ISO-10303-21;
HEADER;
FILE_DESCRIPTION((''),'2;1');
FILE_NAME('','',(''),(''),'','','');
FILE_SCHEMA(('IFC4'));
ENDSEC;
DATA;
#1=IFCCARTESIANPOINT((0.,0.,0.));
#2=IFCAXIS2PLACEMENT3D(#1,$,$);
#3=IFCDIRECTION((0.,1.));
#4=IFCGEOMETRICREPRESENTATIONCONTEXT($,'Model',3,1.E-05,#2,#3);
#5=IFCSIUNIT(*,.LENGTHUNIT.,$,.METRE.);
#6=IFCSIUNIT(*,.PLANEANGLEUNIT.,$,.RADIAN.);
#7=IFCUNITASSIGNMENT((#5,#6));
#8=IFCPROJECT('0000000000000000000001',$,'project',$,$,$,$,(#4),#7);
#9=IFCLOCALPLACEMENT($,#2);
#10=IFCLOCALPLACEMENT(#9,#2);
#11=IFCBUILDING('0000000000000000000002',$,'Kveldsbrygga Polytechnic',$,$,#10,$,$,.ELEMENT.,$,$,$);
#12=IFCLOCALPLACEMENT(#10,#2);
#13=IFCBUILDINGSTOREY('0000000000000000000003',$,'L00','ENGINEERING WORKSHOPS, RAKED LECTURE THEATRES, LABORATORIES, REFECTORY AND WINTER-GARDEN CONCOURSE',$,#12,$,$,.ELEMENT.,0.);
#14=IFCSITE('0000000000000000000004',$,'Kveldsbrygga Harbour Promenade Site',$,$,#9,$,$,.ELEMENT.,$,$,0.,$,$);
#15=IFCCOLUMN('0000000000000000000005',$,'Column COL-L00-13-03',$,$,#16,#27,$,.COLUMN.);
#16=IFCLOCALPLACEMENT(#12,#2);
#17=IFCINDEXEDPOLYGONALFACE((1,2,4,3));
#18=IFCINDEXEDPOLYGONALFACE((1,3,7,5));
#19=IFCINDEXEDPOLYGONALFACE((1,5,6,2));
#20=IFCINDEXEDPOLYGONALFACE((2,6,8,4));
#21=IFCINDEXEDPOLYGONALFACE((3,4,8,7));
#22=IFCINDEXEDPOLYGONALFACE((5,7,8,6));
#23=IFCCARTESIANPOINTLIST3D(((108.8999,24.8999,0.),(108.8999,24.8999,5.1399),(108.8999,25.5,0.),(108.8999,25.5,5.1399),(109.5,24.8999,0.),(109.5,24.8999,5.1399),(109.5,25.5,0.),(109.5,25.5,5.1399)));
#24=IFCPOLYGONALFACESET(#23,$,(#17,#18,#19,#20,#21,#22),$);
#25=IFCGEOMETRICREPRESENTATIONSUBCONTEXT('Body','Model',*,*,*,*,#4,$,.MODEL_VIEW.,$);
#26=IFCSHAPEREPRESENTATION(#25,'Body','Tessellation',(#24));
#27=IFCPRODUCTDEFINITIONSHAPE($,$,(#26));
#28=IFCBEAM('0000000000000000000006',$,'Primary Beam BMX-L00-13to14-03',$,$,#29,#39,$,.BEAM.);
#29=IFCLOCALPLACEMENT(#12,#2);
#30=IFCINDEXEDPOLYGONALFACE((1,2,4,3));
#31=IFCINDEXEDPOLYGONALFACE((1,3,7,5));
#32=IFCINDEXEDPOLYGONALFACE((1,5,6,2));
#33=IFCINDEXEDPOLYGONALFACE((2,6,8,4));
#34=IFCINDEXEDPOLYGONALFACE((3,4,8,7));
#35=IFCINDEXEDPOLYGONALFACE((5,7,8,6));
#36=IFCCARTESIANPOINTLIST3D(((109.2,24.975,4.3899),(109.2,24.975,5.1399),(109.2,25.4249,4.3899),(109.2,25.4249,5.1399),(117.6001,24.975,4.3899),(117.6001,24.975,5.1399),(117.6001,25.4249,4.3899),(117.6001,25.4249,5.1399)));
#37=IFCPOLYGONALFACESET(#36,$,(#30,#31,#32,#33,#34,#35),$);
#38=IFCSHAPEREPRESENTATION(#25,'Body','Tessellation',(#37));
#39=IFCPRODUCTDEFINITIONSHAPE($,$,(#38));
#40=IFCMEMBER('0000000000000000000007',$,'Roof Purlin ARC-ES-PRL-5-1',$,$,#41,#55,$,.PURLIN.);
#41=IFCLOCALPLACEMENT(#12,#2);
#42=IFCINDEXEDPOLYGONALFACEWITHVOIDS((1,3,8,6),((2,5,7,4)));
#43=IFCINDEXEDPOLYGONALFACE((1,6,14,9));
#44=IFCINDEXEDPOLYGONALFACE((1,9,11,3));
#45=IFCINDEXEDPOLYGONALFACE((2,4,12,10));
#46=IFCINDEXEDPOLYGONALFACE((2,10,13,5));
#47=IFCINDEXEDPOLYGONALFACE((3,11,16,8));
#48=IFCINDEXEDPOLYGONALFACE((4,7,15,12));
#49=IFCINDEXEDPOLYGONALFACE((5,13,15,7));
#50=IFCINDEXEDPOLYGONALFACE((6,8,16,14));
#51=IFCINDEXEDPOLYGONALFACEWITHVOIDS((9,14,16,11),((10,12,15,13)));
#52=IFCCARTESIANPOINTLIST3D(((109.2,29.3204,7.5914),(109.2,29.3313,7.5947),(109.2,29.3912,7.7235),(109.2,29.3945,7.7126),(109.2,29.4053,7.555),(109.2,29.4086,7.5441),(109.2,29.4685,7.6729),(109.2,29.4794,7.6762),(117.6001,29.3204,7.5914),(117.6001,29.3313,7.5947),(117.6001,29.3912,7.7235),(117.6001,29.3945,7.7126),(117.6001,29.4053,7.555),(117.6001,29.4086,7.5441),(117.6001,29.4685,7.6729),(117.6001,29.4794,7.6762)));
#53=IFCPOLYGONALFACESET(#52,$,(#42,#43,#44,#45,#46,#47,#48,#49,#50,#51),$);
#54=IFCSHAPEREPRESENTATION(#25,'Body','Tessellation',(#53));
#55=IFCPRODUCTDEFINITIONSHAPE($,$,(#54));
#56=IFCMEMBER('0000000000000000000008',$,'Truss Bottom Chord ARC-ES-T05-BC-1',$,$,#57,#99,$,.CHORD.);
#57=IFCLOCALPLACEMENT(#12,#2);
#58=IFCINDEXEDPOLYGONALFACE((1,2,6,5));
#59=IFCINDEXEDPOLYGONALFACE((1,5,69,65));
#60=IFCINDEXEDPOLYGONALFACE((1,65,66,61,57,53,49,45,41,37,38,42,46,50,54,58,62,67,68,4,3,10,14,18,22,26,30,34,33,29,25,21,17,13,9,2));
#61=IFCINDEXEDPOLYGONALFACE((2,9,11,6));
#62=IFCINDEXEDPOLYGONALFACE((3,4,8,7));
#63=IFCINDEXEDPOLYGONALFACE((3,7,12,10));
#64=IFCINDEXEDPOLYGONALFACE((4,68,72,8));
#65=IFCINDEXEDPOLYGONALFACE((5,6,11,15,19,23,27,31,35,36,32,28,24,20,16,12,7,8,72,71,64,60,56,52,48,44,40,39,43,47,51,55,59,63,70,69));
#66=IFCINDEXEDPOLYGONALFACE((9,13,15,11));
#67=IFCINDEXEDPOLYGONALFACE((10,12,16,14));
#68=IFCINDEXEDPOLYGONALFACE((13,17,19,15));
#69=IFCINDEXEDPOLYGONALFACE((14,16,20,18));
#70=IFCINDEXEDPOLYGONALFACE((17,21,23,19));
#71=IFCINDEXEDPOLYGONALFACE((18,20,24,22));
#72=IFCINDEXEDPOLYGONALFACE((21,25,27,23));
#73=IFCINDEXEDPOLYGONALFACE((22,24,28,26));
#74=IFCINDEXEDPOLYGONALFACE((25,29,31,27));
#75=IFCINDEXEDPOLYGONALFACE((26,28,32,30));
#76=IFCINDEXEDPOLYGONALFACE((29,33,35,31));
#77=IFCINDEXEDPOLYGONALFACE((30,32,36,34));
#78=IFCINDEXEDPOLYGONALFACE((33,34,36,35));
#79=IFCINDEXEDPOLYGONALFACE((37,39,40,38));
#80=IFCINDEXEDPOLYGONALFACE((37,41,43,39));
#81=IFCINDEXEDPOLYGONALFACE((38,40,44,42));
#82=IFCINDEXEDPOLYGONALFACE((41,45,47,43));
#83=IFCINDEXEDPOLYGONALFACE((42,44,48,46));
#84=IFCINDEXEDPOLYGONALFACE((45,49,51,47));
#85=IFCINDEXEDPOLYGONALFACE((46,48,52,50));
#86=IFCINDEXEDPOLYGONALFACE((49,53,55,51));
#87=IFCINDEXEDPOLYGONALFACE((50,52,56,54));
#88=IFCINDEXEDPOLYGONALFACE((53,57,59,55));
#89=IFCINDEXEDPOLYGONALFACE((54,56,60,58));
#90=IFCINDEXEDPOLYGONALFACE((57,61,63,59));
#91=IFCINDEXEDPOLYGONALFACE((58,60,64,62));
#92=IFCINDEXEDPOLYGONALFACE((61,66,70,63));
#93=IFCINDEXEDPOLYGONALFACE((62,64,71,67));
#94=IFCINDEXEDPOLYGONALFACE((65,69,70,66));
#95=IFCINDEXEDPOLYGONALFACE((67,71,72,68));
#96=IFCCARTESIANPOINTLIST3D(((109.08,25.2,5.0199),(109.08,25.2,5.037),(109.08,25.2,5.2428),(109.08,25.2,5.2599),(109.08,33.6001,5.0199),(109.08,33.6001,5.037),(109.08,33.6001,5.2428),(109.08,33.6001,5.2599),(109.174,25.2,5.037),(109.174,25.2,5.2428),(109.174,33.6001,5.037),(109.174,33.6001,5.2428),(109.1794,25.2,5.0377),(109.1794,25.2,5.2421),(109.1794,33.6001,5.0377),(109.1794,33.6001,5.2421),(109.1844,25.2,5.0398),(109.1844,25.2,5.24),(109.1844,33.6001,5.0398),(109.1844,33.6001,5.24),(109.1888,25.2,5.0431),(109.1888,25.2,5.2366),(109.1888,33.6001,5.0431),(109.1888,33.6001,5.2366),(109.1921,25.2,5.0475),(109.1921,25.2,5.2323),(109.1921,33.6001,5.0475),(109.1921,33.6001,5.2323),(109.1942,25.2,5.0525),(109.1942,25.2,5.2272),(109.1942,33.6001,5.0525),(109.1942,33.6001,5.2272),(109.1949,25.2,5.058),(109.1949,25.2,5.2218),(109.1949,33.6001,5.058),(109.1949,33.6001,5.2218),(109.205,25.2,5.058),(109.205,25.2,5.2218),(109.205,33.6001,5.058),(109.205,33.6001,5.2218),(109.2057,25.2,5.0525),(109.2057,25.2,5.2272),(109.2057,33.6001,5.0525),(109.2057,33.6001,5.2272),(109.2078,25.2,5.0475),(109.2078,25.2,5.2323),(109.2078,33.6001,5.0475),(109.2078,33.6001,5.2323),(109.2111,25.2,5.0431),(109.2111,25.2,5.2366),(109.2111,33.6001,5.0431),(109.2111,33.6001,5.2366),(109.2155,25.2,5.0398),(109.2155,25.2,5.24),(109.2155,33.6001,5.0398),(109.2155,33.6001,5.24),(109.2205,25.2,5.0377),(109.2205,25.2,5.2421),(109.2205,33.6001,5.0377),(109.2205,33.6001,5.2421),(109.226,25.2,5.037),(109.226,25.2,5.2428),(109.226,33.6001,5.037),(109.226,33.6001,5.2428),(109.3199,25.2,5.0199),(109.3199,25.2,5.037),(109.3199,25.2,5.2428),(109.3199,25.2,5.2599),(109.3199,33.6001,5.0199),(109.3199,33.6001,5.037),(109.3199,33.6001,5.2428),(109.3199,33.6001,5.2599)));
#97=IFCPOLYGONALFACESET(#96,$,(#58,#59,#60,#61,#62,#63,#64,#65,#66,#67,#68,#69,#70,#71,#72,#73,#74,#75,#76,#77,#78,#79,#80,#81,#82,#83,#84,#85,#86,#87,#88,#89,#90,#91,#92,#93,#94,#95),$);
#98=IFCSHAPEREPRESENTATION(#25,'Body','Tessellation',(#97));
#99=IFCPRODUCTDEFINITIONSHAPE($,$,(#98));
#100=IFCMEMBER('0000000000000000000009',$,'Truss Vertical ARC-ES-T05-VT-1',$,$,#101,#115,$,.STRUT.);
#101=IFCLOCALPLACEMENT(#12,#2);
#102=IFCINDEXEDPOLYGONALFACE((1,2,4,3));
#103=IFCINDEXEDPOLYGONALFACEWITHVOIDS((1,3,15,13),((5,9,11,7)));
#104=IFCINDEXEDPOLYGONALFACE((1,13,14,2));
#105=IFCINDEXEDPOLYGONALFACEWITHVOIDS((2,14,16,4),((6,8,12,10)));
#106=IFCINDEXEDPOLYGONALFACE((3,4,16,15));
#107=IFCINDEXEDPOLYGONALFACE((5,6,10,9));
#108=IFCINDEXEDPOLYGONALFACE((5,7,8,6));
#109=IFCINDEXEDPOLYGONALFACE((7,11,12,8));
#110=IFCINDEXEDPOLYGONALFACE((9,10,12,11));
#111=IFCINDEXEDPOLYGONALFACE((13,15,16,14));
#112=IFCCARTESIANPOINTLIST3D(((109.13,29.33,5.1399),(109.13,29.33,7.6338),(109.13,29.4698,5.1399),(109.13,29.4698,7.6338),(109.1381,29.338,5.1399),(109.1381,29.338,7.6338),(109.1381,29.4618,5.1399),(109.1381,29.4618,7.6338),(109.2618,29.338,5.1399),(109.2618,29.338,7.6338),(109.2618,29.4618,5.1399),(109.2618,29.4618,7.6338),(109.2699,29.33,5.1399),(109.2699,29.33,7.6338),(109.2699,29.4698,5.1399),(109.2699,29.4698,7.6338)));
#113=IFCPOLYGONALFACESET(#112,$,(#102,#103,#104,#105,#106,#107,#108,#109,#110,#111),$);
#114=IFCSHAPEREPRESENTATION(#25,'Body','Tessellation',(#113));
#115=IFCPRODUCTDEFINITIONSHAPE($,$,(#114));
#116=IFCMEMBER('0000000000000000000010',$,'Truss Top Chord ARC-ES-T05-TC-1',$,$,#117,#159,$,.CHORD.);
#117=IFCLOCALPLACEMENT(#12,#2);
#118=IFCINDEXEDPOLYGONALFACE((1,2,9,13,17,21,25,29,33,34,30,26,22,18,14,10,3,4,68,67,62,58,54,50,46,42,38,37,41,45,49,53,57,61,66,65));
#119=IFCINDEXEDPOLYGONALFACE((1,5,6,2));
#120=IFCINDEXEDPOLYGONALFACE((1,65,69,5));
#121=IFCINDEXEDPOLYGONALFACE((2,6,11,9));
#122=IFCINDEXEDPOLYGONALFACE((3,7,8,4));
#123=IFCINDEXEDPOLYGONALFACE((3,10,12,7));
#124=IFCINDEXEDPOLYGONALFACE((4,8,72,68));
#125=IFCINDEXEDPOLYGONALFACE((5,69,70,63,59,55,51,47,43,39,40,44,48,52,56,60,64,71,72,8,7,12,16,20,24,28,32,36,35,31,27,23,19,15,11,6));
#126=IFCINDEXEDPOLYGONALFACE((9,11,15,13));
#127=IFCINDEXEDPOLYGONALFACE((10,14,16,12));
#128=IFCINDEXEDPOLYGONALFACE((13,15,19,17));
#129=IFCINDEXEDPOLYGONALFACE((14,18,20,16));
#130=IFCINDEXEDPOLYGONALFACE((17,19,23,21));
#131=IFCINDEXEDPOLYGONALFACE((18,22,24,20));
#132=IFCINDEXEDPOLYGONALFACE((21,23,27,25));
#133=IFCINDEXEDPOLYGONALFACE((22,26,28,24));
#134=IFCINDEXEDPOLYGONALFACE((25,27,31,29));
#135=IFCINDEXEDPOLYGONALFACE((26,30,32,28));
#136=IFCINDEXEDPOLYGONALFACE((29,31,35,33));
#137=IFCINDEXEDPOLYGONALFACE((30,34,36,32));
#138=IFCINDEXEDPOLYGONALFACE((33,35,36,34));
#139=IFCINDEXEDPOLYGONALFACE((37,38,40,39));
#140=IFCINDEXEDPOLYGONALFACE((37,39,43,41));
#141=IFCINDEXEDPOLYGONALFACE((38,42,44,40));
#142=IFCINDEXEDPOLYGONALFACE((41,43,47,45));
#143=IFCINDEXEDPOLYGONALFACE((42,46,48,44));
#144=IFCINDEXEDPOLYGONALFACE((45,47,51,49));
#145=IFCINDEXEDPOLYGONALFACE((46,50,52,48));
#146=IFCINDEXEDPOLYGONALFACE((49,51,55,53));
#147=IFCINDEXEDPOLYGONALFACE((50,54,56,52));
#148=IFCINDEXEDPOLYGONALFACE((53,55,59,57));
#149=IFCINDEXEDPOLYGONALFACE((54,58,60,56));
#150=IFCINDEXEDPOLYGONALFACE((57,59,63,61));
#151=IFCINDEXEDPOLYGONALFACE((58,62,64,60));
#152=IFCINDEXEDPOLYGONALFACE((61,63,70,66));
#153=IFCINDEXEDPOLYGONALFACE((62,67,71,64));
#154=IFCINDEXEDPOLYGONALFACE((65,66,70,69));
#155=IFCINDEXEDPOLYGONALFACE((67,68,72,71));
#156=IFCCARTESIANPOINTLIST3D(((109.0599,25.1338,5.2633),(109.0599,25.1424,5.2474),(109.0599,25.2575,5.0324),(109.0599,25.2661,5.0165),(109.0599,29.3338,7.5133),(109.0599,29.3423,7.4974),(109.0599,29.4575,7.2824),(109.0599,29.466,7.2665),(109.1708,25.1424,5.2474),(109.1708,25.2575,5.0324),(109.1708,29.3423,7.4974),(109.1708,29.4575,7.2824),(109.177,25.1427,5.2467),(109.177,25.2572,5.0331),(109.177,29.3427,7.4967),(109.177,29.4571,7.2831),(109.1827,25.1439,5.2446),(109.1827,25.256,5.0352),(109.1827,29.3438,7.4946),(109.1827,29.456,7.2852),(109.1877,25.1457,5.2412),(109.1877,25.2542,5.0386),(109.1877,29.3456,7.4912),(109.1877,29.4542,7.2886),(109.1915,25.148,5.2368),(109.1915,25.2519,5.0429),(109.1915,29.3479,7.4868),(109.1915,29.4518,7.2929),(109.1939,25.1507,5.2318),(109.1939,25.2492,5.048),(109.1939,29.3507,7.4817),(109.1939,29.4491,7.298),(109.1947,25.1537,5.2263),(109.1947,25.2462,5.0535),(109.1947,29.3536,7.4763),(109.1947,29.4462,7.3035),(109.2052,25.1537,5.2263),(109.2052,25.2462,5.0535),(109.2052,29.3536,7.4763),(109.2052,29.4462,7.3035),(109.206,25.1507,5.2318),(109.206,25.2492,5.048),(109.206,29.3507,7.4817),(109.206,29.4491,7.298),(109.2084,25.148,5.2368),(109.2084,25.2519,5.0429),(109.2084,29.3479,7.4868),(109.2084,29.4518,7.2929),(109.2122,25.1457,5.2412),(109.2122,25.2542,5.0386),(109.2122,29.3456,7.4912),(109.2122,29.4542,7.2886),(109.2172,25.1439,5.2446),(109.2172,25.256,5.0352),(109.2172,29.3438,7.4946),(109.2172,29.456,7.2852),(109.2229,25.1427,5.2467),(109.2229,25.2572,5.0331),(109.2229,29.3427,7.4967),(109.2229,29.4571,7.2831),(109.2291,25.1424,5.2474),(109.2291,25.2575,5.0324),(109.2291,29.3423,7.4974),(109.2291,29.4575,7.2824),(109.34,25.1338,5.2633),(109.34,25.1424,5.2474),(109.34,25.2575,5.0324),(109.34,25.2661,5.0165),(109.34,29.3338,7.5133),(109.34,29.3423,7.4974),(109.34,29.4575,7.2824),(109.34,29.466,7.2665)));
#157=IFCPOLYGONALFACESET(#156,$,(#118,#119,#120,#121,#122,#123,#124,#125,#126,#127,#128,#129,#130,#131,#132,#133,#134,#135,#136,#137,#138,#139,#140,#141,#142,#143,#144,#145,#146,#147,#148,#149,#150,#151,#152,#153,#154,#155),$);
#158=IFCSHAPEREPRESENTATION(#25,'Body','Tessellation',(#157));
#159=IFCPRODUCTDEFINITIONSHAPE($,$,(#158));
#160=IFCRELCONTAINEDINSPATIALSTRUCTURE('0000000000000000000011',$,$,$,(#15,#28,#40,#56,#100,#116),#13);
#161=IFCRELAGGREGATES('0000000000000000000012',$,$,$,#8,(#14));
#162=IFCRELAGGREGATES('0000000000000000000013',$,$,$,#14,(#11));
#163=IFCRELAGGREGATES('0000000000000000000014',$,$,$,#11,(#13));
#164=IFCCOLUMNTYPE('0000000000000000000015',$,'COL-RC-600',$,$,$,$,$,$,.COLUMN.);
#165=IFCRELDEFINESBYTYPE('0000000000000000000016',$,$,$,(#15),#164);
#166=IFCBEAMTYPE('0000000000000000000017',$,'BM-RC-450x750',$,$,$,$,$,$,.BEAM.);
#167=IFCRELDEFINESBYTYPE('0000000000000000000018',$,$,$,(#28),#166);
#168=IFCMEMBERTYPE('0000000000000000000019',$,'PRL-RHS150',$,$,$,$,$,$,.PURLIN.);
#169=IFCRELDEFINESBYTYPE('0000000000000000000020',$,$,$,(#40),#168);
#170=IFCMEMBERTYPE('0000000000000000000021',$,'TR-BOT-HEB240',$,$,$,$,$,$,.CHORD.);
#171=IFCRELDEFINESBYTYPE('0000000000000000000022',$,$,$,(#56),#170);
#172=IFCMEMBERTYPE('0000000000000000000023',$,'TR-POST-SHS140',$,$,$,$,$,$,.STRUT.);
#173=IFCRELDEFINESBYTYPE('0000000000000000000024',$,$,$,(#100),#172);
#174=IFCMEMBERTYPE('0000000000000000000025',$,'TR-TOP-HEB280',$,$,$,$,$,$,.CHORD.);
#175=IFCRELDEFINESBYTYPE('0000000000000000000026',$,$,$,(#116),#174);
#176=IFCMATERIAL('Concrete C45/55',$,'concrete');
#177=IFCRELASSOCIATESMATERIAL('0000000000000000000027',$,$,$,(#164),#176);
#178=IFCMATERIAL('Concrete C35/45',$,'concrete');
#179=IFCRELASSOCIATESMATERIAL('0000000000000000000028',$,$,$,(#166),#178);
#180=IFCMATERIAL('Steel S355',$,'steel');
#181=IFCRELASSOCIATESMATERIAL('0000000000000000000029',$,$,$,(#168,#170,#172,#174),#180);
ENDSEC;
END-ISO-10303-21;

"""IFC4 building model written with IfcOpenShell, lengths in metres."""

from ifc_helpers import new_model, si_unit, direction, frame, origin, origin_2d, place, context, subcontext, project, spatial, rectangle, hollow_rectangle, i_section, extrude, material, material_profile, profile_set, type_object, element, save


model = new_model("IFC4")

# Units and contexts
model_context = context("Model", 3, precision=1e-05, world=origin(), true_north=direction((0.0, 1.0)))
body_context = subcontext(model_context, "Body", "Model", "MODEL_VIEW")
ifc_project = project(units=[si_unit("LENGTHUNIT", "METRE"), si_unit("PLANEANGLEUNIT", "RADIAN")], contexts=[model_context])

# Site, building, storey
site_placement = place(None, origin())
site = spatial("IfcSite", under=ifc_project, at=site_placement, Name="Kveldsbrygga Harbour Promenade Site", CompositionType="ELEMENT", RefElevation=0.0)
building_placement = place(site_placement, origin())
building = spatial("IfcBuilding", under=site, at=building_placement, Name="Kveldsbrygga Polytechnic", CompositionType="ELEMENT")
storey_placement = place(building_placement, origin())
storey = spatial("IfcBuildingStorey", under=building, at=storey_placement, Name="L00", Description="ENGINEERING WORKSHOPS, RAKED LECTURE THEATRES, LABORATORIES, REFECTORY AND WINTER-GARDEN CONCOURSE", CompositionType="ELEMENT", Elevation=0.0)

# Column
ifc_material_1 = material(Name="Concrete C45/55", Category="concrete")
ifc_material_profile_1 = material_profile(ifc_material_1, rectangle(XDim=0.6001, YDim=0.6001, at=origin_2d()), Name="RC 600x600")
ifc_profile_set_1 = profile_set([ifc_material_profile_1], Name="Concrete C45/55")
column_type = type_object("IfcColumnType", Name="COL-RC-600", PredefinedType="COLUMN", material=ifc_profile_set_1)
column_placement = place(storey_placement, frame((109.2, 25.2, 0.0), z_axis=(0.0, 0.0, 1.0), x_axis=(1.0, 0.0, 0.0)))
element("IfcColumn", 1, at=column_placement, inside=storey, type_object=column_type, Name="Column COL-L00-13-03", PredefinedType="COLUMN", context=body_context, shape_type="SweptSolid", body=[
    extrude(rectangle(XDim=0.6001, YDim=0.6001, at=origin_2d()), origin(), (0.0, 0.0, 1.0), 5.1399),
])

# Beam
ifc_material_2 = material(Name="Concrete C35/45", Category="concrete")
ifc_material_profile_2 = material_profile(ifc_material_2, rectangle(XDim=0.45, YDim=0.75, at=origin_2d()), Name="RC 450x750")
ifc_profile_set_2 = profile_set([ifc_material_profile_2], Name="Concrete C35/45")
beam_type = type_object("IfcBeamType", Name="BM-RC-450x750", PredefinedType="BEAM", material=ifc_profile_set_2)
beam_placement = place(storey_placement, frame((109.2, 25.2, 4.7649), z_axis=(1.0, 0.0, 0.0), x_axis=(0.0, 1.0, 0.0)))
element("IfcBeam", 2, at=beam_placement, inside=storey, type_object=beam_type, Name="Primary Beam BMX-L00-13to14-03", PredefinedType="BEAM", context=body_context, shape_type="SweptSolid", body=[
    extrude(rectangle(XDim=0.45, YDim=0.75, at=origin_2d()), origin(), (0.0, 0.0, 1.0), 8.4001),
])

# Members
ifc_material_3 = material(Name="Steel S355", Category="steel")
ifc_material_profile_3 = material_profile(ifc_material_3, hollow_rectangle(XDim=0.1001, YDim=0.1499, WallThickness=0.0081, at=origin_2d()), Name="RHS 150x100x8.0")
ifc_profile_set_3 = profile_set([ifc_material_profile_3], Name="Steel S355")
member_type_1 = type_object("IfcMemberType", Name="PRL-RHS150", PredefinedType="PURLIN", material=ifc_profile_set_3)
member_1_placement = place(storey_placement, frame((109.2, 29.3999, 7.6338), z_axis=(1.0, 0.0, 0.0), x_axis=(0.0, 0.88148, -0.472222)))
element("IfcMember", 3, at=member_1_placement, inside=storey, type_object=member_type_1, Name="Roof Purlin ARC-ES-PRL-5-1", PredefinedType="PURLIN", context=body_context, shape_type="SweptSolid", body=[
    extrude(hollow_rectangle(XDim=0.1001, YDim=0.1499, WallThickness=0.0081, at=origin_2d()), origin(), (0.0, 0.0, 1.0), 8.4001),
])
ifc_material_profile_4 = material_profile(ifc_material_3, i_section(OverallWidth=0.24, OverallDepth=0.24, WebThickness=0.01, FlangeThickness=0.0171, FilletRadius=0.021, at=origin_2d()), Name="HEB 240")
ifc_profile_set_4 = profile_set([ifc_material_profile_4], Name="Steel S355")
member_type_2 = type_object("IfcMemberType", Name="TR-BOT-HEB240", PredefinedType="CHORD", material=ifc_profile_set_4)
member_2_placement = place(storey_placement, frame((109.2, 25.2, 5.1399), z_axis=(0.0, 1.0, 0.0), x_axis=(-1.0, 0.0, 0.0)))
element("IfcMember", 4, at=member_2_placement, inside=storey, type_object=member_type_2, Name="Truss Bottom Chord ARC-ES-T05-BC-1", PredefinedType="CHORD", context=body_context, shape_type="SweptSolid", body=[
    extrude(i_section(OverallWidth=0.24, OverallDepth=0.24, WebThickness=0.01, FlangeThickness=0.0171, FilletRadius=0.021, at=origin_2d()), origin(), (0.0, 0.0, 1.0), 8.4001),
])
ifc_material_profile_5 = material_profile(ifc_material_3, hollow_rectangle(XDim=0.1399, YDim=0.1399, WallThickness=0.0081, at=origin_2d()), Name="SHS 140x140x8.0")
ifc_profile_set_5 = profile_set([ifc_material_profile_5], Name="Steel S355")
member_type_3 = type_object("IfcMemberType", Name="TR-POST-SHS140", PredefinedType="STRUT", material=ifc_profile_set_5)
member_3_placement = place(storey_placement, frame((109.2, 29.3999, 5.1399), z_axis=(0.0, 0.0, 1.0), x_axis=(1.0, 0.0, 0.0)))
element("IfcMember", 5, at=member_3_placement, inside=storey, type_object=member_type_3, Name="Truss Vertical ARC-ES-T05-VT-1", PredefinedType="STRUT", context=body_context, shape_type="SweptSolid", body=[
    extrude(hollow_rectangle(XDim=0.1399, YDim=0.1399, WallThickness=0.0081, at=origin_2d()), origin(), (0.0, 0.0, 1.0), 2.4939),
])
ifc_material_profile_6 = material_profile(ifc_material_3, i_section(OverallWidth=0.28, OverallDepth=0.28, WebThickness=0.0105, FlangeThickness=0.0181, FilletRadius=0.0239, at=origin_2d()), Name="HEB 280")
ifc_profile_set_6 = profile_set([ifc_material_profile_6], Name="Steel S355")
member_type_4 = type_object("IfcMemberType", Name="TR-TOP-HEB280", PredefinedType="CHORD", material=ifc_profile_set_6)
member_4_placement = place(storey_placement, frame((109.2, 25.2, 5.1399), z_axis=(0.0, 0.881478, 0.472226), x_axis=(-1.0, 0.0, 0.0)))
element("IfcMember", 6, at=member_4_placement, inside=storey, type_object=member_type_4, Name="Truss Top Chord ARC-ES-T05-TC-1", PredefinedType="CHORD", context=body_context, shape_type="SweptSolid", body=[
    extrude(i_section(OverallWidth=0.28, OverallDepth=0.28, WebThickness=0.0105, FlangeThickness=0.0181, FilletRadius=0.0239, at=origin_2d()), origin(), (0.0, 0.0, 1.0), 4.7646),
])

save(model, "model.ifc")
